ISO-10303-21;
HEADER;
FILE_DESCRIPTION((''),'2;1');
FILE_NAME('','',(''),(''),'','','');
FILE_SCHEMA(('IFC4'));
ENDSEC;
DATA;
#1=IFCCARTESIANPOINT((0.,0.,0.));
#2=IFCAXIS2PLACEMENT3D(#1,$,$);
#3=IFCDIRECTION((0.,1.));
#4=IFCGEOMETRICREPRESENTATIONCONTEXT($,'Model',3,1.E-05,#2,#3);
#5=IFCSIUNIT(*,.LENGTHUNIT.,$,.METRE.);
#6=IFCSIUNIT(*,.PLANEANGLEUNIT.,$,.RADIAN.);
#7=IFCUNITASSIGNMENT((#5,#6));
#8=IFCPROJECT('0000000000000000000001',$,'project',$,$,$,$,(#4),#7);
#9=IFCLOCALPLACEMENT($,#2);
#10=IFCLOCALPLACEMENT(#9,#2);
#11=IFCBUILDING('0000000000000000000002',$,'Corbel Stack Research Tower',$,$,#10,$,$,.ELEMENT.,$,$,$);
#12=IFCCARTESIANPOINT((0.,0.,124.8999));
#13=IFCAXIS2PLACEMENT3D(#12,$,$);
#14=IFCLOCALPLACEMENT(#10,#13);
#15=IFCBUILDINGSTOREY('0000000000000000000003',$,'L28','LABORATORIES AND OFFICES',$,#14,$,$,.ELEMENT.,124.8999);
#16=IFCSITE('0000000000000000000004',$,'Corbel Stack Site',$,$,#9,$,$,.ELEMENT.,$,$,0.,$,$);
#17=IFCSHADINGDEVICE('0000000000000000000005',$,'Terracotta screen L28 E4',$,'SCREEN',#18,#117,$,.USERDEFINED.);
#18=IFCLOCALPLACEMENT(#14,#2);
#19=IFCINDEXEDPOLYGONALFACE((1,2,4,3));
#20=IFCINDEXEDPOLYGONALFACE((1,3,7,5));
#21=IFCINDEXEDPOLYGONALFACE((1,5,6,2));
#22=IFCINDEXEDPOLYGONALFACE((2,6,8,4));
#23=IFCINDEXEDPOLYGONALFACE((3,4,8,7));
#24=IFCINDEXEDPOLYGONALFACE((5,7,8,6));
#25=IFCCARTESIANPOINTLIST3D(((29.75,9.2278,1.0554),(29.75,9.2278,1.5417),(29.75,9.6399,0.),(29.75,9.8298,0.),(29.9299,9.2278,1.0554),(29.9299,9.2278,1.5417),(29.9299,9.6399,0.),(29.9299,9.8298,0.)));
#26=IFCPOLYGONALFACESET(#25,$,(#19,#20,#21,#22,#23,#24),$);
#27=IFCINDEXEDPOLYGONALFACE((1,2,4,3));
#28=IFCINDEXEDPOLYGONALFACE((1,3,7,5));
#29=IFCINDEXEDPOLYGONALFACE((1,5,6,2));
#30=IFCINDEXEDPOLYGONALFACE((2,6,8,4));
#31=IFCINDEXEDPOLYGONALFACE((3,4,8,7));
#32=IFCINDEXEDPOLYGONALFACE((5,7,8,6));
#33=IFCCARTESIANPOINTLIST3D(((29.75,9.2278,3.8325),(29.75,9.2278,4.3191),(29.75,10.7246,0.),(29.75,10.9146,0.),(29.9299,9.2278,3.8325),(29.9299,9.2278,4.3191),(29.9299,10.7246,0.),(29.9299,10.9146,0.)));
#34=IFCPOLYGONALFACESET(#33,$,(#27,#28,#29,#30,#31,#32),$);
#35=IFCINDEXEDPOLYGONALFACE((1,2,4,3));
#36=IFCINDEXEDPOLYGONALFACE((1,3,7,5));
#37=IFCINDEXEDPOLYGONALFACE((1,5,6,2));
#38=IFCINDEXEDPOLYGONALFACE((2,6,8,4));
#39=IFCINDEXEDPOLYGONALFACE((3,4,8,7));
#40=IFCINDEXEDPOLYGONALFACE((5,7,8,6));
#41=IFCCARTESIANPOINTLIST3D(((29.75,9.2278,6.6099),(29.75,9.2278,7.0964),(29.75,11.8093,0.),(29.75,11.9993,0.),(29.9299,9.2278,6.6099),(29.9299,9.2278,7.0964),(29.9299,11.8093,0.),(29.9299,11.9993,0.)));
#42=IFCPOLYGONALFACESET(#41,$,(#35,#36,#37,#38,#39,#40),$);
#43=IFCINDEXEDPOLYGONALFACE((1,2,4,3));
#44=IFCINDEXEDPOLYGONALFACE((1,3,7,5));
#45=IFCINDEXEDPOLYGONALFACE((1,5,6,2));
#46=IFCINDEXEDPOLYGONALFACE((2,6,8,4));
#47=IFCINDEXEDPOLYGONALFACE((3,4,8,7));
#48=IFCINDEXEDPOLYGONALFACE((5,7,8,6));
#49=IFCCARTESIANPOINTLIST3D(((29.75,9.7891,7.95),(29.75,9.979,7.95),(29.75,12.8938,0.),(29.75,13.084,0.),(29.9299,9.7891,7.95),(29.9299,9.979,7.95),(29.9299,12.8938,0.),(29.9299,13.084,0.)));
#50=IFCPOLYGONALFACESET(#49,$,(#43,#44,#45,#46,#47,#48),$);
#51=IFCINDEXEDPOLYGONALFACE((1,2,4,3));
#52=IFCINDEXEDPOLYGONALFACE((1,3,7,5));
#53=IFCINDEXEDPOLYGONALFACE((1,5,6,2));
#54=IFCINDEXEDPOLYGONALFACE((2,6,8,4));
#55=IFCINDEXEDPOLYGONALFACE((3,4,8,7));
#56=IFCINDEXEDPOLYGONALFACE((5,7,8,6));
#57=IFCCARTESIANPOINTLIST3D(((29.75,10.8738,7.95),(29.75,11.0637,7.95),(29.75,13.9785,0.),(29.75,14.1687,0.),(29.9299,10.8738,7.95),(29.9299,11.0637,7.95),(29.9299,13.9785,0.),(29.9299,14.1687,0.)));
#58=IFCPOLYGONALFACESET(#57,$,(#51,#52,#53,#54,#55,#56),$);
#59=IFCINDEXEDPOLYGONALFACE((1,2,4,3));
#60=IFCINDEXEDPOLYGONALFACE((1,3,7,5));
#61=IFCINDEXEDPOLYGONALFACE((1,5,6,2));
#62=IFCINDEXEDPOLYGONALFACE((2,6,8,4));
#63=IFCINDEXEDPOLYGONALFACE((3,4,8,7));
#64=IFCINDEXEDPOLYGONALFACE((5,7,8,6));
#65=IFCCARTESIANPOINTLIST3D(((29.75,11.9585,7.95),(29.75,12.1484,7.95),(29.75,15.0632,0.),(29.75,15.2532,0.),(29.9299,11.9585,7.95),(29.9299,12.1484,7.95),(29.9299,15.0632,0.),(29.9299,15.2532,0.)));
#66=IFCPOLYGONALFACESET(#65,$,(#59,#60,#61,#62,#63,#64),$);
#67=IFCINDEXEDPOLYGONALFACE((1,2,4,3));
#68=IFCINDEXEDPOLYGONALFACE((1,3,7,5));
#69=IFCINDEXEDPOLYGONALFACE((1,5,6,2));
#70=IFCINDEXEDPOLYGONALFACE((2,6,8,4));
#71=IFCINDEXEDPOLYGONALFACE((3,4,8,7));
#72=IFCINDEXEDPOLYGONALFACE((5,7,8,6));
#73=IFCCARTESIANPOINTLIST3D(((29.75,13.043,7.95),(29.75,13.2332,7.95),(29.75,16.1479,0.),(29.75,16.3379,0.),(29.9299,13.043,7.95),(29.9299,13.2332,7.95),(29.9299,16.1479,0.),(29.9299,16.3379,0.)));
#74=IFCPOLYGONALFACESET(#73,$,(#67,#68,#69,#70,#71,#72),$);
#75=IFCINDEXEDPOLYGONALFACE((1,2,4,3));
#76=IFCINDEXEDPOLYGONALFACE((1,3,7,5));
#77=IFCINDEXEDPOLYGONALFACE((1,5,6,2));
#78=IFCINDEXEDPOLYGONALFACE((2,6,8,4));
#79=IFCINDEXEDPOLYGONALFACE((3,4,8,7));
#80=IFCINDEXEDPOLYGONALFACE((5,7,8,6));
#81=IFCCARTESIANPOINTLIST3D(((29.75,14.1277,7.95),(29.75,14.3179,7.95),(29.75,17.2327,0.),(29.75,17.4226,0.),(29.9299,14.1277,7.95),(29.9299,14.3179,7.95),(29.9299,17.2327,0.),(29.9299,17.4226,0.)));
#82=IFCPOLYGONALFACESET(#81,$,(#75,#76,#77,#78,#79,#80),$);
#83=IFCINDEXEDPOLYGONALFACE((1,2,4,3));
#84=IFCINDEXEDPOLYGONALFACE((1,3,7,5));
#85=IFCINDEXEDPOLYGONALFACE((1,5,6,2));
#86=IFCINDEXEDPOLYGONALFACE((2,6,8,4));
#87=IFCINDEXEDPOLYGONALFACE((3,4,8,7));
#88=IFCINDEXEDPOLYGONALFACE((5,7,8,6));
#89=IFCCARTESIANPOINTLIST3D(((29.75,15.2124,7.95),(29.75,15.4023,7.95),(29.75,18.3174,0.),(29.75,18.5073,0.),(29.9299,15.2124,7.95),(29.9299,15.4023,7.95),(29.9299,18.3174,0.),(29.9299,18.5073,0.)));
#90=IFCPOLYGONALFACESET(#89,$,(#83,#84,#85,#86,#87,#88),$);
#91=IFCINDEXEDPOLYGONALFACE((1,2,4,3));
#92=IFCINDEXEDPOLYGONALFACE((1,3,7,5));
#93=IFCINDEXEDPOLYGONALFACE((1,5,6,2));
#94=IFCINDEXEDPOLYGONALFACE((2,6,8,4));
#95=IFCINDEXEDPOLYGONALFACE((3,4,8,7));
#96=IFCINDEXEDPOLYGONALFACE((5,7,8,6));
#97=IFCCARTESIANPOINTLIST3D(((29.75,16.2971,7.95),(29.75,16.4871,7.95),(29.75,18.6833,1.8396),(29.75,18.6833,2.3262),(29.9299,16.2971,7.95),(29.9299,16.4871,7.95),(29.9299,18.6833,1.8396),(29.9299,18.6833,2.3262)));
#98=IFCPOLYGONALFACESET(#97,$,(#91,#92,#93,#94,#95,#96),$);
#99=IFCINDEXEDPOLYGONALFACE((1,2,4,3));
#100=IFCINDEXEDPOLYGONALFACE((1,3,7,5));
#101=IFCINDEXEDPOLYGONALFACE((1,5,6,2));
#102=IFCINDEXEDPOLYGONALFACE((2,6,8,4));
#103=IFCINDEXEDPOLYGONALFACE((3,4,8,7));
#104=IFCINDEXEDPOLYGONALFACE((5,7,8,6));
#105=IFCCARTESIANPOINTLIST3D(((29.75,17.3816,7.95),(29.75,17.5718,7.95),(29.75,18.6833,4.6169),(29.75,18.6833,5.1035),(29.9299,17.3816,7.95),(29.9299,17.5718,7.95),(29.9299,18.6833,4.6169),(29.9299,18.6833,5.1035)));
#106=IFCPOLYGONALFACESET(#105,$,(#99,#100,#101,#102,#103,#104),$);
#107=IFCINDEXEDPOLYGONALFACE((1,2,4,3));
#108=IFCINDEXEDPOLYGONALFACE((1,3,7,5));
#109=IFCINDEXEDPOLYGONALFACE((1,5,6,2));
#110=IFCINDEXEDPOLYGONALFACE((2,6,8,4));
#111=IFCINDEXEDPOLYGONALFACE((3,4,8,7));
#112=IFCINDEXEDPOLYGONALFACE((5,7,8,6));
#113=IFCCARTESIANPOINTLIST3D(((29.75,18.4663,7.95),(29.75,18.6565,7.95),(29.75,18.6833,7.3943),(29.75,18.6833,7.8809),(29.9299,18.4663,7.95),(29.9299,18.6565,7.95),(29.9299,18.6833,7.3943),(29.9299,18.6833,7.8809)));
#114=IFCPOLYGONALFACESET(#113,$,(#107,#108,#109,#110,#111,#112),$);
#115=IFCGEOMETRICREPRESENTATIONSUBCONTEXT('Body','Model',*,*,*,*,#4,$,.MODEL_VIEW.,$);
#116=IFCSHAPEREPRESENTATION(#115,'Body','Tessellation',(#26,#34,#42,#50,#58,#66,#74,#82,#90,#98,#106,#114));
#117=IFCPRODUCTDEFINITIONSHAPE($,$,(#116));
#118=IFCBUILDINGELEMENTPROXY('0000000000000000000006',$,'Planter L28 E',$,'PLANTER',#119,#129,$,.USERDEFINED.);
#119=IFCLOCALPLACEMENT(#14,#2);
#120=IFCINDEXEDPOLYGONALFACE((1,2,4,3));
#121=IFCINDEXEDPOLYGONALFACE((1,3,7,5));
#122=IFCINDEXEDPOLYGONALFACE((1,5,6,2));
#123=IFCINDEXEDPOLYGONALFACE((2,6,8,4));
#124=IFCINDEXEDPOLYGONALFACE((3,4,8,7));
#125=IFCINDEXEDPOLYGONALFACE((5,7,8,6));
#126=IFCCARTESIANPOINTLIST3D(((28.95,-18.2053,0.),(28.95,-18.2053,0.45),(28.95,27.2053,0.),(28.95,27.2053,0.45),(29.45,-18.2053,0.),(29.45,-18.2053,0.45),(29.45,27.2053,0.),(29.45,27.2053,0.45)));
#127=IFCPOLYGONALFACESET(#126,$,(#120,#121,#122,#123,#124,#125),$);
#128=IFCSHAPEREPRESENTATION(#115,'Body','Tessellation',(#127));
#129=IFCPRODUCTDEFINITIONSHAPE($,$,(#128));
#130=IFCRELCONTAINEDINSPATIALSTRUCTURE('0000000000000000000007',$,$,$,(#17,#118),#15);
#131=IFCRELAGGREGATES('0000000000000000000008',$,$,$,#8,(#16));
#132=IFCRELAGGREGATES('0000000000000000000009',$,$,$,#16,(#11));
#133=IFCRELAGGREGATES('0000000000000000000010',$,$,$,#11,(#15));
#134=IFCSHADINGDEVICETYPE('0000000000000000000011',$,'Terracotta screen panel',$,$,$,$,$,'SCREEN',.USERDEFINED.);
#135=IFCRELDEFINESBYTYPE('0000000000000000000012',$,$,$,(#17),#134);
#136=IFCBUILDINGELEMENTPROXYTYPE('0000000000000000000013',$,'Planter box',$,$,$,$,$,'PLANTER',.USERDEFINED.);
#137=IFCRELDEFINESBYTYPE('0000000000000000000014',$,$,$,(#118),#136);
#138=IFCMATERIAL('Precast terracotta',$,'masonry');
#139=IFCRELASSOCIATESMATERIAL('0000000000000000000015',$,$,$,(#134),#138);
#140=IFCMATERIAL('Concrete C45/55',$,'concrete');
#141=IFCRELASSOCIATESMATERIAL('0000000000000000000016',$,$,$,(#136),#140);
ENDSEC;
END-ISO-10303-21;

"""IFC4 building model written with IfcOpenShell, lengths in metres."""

from ifc_helpers import new_model, si_unit, direction, frame, origin, origin_2d, place, context, subcontext, project, spatial, polyline, rectangle, outline, extrude, source, transform, mapped, material, type_object, element, save


model = new_model("IFC4")

# Units and contexts
model_context = context("Model", 3, precision=1e-05, world=origin(), true_north=direction((0.0, 1.0)))
body_context = subcontext(model_context, "Body", "Model", "MODEL_VIEW")
ifc_project = project(units=[si_unit("LENGTHUNIT", "METRE"), si_unit("PLANEANGLEUNIT", "RADIAN")], contexts=[model_context])

# Site, building, storey
site_placement = place(None, origin())
site = spatial("IfcSite", under=ifc_project, at=site_placement, Name="Corbel Stack Site", CompositionType="ELEMENT", RefElevation=0.0)
building_placement = place(site_placement, origin())
building = spatial("IfcBuilding", under=site, at=building_placement, Name="Corbel Stack Research Tower", CompositionType="ELEMENT")
storey_placement = place(building_placement, frame((0.0, 0.0, 124.8999)))
storey = spatial("IfcBuildingStorey", under=building, at=storey_placement, Name="L28", Description="LABORATORIES AND OFFICES", CompositionType="ELEMENT", Elevation=124.8999)

# Shading device
ifc_material_1 = material(Name="Precast terracotta", Category="masonry")
shading_device_type = type_object("IfcShadingDeviceType", Name="Terracotta screen panel", ElementType="SCREEN", PredefinedType="USERDEFINED", material=ifc_material_1)
shared_shape = source(origin(), body_context, "Body", "SweptSolid", [
    extrude(outline(polyline([(0.6021, 0.0), (0.0, 1.5417), (0.0, 1.0554), (0.4121, 0.0), (0.6021, 0.0)])), frame((0.0, 0.0, 0.0), z_axis=(0.0, -1.0, 0.0), x_axis=(1.0, 0.0, 0.0)), (0.0, 0.0, 1.0), 0.1799),
    extrude(outline(polyline([(1.6868, 0.0), (0.0, 4.3191), (0.0, 3.8325), (1.4968, 0.0), (1.6868, 0.0)])), frame((0.0, 0.0, 0.0), z_axis=(0.0, -1.0, 0.0), x_axis=(1.0, 0.0, 0.0)), (0.0, 0.0, 1.0), 0.1799),
    extrude(outline(polyline([(2.7715, 0.0), (0.0, 7.0964), (0.0, 6.6099), (2.5815, 0.0), (2.7715, 0.0)])), frame((0.0, 0.0, 0.0), z_axis=(0.0, -1.0, 0.0), x_axis=(1.0, 0.0, 0.0)), (0.0, 0.0, 1.0), 0.1799),
    extrude(outline(polyline([(3.8562, 0.0), (0.7512, 7.95), (0.5613, 7.95), (3.666, 0.0), (3.8562, 0.0)])), frame((0.0, 0.0, 0.0), z_axis=(0.0, -1.0, 0.0), x_axis=(1.0, 0.0, 0.0)), (0.0, 0.0, 1.0), 0.1799),
    extrude(outline(polyline([(4.9409, 0.0), (1.8359, 7.95), (1.646, 7.95), (4.7507, 0.0), (4.9409, 0.0)])), frame((0.0, 0.0, 0.0), z_axis=(0.0, -1.0, 0.0), x_axis=(1.0, 0.0, 0.0)), (0.0, 0.0, 1.0), 0.1799),
    extrude(outline(polyline([(6.0254, 0.0), (2.9207, 7.95), (2.7307, 7.95), (5.8354, 0.0), (6.0254, 0.0)])), frame((0.0, 0.0, 0.0), z_axis=(0.0, -1.0, 0.0), x_axis=(1.0, 0.0, 0.0)), (0.0, 0.0, 1.0), 0.1799),
    extrude(outline(polyline([(7.1101, 0.0), (4.0054, 7.95), (3.8152, 7.95), (6.9202, 0.0), (7.1101, 0.0)])), frame((0.0, 0.0, 0.0), z_axis=(0.0, -1.0, 0.0), x_axis=(1.0, 0.0, 0.0)), (0.0, 0.0, 1.0), 0.1799),
    extrude(outline(polyline([(8.1948, 0.0), (5.0901, 7.95), (4.8999, 7.95), (8.0049, 0.0), (8.1948, 0.0)])), frame((0.0, 0.0, 0.0), z_axis=(0.0, -1.0, 0.0), x_axis=(1.0, 0.0, 0.0)), (0.0, 0.0, 1.0), 0.1799),
    extrude(outline(polyline([(9.2795, 0.0), (6.1746, 7.95), (5.9846, 7.95), (9.0896, 0.0), (9.2795, 0.0)])), frame((0.0, 0.0, 0.0), z_axis=(0.0, -1.0, 0.0), x_axis=(1.0, 0.0, 0.0)), (0.0, 0.0, 1.0), 0.1799),
    extrude(outline(polyline([(7.2593, 7.95), (7.0693, 7.95), (9.4556, 1.8396), (9.4556, 2.3262), (7.2593, 7.95)])), frame((0.0, 0.0, 0.0), z_axis=(0.0, -1.0, 0.0), x_axis=(1.0, 0.0, 0.0)), (0.0, 0.0, 1.0), 0.1799),
    extrude(outline(polyline([(8.344, 7.95), (8.1538, 7.95), (9.4556, 4.6169), (9.4556, 5.1035), (8.344, 7.95)])), frame((0.0, 0.0, 0.0), z_axis=(0.0, -1.0, 0.0), x_axis=(1.0, 0.0, 0.0)), (0.0, 0.0, 1.0), 0.1799),
    extrude(outline(polyline([(9.4287, 7.95), (9.2385, 7.95), (9.4556, 7.3943), (9.4556, 7.8809), (9.4287, 7.95)])), frame((0.0, 0.0, 0.0), z_axis=(0.0, -1.0, 0.0), x_axis=(1.0, 0.0, 0.0)), (0.0, 0.0, 1.0), 0.1799),
])
shading_device_placement = place(storey_placement, frame((29.75, 9.2278, 0.0), z_axis=(0.0, 0.0, 1.0), x_axis=(0.0, 1.0, 0.0)))
element("IfcShadingDevice", 1, at=shading_device_placement, inside=storey, type_object=shading_device_type, Name="Terracotta screen L28 E4", ObjectType="SCREEN", PredefinedType="USERDEFINED", context=body_context, shape_type="MappedRepresentation", body=[
    mapped(shared_shape, transform((0.0, 0.0, 0.0))),
])

# Building element proxy
ifc_material_2 = material(Name="Concrete C45/55", Category="concrete")
building_element_proxy_type = type_object("IfcBuildingElementProxyType", Name="Planter box", ElementType="PLANTER", PredefinedType="USERDEFINED", material=ifc_material_2)
proxy_placement = place(storey_placement, frame((29.2, 4.5, 0.0), z_axis=(0.0, 0.0, 1.0), x_axis=(0.0, 1.0, 0.0)))
element("IfcBuildingElementProxy", 2, at=proxy_placement, inside=storey, type_object=building_element_proxy_type, Name="Planter L28 E", ObjectType="PLANTER", PredefinedType="USERDEFINED", context=body_context, shape_type="SweptSolid", body=[
    extrude(rectangle(XDim=45.4106, YDim=0.5, at=origin_2d()), origin(), (0.0, 0.0, 1.0), 0.45),
])

save(model, "model.ifc")
